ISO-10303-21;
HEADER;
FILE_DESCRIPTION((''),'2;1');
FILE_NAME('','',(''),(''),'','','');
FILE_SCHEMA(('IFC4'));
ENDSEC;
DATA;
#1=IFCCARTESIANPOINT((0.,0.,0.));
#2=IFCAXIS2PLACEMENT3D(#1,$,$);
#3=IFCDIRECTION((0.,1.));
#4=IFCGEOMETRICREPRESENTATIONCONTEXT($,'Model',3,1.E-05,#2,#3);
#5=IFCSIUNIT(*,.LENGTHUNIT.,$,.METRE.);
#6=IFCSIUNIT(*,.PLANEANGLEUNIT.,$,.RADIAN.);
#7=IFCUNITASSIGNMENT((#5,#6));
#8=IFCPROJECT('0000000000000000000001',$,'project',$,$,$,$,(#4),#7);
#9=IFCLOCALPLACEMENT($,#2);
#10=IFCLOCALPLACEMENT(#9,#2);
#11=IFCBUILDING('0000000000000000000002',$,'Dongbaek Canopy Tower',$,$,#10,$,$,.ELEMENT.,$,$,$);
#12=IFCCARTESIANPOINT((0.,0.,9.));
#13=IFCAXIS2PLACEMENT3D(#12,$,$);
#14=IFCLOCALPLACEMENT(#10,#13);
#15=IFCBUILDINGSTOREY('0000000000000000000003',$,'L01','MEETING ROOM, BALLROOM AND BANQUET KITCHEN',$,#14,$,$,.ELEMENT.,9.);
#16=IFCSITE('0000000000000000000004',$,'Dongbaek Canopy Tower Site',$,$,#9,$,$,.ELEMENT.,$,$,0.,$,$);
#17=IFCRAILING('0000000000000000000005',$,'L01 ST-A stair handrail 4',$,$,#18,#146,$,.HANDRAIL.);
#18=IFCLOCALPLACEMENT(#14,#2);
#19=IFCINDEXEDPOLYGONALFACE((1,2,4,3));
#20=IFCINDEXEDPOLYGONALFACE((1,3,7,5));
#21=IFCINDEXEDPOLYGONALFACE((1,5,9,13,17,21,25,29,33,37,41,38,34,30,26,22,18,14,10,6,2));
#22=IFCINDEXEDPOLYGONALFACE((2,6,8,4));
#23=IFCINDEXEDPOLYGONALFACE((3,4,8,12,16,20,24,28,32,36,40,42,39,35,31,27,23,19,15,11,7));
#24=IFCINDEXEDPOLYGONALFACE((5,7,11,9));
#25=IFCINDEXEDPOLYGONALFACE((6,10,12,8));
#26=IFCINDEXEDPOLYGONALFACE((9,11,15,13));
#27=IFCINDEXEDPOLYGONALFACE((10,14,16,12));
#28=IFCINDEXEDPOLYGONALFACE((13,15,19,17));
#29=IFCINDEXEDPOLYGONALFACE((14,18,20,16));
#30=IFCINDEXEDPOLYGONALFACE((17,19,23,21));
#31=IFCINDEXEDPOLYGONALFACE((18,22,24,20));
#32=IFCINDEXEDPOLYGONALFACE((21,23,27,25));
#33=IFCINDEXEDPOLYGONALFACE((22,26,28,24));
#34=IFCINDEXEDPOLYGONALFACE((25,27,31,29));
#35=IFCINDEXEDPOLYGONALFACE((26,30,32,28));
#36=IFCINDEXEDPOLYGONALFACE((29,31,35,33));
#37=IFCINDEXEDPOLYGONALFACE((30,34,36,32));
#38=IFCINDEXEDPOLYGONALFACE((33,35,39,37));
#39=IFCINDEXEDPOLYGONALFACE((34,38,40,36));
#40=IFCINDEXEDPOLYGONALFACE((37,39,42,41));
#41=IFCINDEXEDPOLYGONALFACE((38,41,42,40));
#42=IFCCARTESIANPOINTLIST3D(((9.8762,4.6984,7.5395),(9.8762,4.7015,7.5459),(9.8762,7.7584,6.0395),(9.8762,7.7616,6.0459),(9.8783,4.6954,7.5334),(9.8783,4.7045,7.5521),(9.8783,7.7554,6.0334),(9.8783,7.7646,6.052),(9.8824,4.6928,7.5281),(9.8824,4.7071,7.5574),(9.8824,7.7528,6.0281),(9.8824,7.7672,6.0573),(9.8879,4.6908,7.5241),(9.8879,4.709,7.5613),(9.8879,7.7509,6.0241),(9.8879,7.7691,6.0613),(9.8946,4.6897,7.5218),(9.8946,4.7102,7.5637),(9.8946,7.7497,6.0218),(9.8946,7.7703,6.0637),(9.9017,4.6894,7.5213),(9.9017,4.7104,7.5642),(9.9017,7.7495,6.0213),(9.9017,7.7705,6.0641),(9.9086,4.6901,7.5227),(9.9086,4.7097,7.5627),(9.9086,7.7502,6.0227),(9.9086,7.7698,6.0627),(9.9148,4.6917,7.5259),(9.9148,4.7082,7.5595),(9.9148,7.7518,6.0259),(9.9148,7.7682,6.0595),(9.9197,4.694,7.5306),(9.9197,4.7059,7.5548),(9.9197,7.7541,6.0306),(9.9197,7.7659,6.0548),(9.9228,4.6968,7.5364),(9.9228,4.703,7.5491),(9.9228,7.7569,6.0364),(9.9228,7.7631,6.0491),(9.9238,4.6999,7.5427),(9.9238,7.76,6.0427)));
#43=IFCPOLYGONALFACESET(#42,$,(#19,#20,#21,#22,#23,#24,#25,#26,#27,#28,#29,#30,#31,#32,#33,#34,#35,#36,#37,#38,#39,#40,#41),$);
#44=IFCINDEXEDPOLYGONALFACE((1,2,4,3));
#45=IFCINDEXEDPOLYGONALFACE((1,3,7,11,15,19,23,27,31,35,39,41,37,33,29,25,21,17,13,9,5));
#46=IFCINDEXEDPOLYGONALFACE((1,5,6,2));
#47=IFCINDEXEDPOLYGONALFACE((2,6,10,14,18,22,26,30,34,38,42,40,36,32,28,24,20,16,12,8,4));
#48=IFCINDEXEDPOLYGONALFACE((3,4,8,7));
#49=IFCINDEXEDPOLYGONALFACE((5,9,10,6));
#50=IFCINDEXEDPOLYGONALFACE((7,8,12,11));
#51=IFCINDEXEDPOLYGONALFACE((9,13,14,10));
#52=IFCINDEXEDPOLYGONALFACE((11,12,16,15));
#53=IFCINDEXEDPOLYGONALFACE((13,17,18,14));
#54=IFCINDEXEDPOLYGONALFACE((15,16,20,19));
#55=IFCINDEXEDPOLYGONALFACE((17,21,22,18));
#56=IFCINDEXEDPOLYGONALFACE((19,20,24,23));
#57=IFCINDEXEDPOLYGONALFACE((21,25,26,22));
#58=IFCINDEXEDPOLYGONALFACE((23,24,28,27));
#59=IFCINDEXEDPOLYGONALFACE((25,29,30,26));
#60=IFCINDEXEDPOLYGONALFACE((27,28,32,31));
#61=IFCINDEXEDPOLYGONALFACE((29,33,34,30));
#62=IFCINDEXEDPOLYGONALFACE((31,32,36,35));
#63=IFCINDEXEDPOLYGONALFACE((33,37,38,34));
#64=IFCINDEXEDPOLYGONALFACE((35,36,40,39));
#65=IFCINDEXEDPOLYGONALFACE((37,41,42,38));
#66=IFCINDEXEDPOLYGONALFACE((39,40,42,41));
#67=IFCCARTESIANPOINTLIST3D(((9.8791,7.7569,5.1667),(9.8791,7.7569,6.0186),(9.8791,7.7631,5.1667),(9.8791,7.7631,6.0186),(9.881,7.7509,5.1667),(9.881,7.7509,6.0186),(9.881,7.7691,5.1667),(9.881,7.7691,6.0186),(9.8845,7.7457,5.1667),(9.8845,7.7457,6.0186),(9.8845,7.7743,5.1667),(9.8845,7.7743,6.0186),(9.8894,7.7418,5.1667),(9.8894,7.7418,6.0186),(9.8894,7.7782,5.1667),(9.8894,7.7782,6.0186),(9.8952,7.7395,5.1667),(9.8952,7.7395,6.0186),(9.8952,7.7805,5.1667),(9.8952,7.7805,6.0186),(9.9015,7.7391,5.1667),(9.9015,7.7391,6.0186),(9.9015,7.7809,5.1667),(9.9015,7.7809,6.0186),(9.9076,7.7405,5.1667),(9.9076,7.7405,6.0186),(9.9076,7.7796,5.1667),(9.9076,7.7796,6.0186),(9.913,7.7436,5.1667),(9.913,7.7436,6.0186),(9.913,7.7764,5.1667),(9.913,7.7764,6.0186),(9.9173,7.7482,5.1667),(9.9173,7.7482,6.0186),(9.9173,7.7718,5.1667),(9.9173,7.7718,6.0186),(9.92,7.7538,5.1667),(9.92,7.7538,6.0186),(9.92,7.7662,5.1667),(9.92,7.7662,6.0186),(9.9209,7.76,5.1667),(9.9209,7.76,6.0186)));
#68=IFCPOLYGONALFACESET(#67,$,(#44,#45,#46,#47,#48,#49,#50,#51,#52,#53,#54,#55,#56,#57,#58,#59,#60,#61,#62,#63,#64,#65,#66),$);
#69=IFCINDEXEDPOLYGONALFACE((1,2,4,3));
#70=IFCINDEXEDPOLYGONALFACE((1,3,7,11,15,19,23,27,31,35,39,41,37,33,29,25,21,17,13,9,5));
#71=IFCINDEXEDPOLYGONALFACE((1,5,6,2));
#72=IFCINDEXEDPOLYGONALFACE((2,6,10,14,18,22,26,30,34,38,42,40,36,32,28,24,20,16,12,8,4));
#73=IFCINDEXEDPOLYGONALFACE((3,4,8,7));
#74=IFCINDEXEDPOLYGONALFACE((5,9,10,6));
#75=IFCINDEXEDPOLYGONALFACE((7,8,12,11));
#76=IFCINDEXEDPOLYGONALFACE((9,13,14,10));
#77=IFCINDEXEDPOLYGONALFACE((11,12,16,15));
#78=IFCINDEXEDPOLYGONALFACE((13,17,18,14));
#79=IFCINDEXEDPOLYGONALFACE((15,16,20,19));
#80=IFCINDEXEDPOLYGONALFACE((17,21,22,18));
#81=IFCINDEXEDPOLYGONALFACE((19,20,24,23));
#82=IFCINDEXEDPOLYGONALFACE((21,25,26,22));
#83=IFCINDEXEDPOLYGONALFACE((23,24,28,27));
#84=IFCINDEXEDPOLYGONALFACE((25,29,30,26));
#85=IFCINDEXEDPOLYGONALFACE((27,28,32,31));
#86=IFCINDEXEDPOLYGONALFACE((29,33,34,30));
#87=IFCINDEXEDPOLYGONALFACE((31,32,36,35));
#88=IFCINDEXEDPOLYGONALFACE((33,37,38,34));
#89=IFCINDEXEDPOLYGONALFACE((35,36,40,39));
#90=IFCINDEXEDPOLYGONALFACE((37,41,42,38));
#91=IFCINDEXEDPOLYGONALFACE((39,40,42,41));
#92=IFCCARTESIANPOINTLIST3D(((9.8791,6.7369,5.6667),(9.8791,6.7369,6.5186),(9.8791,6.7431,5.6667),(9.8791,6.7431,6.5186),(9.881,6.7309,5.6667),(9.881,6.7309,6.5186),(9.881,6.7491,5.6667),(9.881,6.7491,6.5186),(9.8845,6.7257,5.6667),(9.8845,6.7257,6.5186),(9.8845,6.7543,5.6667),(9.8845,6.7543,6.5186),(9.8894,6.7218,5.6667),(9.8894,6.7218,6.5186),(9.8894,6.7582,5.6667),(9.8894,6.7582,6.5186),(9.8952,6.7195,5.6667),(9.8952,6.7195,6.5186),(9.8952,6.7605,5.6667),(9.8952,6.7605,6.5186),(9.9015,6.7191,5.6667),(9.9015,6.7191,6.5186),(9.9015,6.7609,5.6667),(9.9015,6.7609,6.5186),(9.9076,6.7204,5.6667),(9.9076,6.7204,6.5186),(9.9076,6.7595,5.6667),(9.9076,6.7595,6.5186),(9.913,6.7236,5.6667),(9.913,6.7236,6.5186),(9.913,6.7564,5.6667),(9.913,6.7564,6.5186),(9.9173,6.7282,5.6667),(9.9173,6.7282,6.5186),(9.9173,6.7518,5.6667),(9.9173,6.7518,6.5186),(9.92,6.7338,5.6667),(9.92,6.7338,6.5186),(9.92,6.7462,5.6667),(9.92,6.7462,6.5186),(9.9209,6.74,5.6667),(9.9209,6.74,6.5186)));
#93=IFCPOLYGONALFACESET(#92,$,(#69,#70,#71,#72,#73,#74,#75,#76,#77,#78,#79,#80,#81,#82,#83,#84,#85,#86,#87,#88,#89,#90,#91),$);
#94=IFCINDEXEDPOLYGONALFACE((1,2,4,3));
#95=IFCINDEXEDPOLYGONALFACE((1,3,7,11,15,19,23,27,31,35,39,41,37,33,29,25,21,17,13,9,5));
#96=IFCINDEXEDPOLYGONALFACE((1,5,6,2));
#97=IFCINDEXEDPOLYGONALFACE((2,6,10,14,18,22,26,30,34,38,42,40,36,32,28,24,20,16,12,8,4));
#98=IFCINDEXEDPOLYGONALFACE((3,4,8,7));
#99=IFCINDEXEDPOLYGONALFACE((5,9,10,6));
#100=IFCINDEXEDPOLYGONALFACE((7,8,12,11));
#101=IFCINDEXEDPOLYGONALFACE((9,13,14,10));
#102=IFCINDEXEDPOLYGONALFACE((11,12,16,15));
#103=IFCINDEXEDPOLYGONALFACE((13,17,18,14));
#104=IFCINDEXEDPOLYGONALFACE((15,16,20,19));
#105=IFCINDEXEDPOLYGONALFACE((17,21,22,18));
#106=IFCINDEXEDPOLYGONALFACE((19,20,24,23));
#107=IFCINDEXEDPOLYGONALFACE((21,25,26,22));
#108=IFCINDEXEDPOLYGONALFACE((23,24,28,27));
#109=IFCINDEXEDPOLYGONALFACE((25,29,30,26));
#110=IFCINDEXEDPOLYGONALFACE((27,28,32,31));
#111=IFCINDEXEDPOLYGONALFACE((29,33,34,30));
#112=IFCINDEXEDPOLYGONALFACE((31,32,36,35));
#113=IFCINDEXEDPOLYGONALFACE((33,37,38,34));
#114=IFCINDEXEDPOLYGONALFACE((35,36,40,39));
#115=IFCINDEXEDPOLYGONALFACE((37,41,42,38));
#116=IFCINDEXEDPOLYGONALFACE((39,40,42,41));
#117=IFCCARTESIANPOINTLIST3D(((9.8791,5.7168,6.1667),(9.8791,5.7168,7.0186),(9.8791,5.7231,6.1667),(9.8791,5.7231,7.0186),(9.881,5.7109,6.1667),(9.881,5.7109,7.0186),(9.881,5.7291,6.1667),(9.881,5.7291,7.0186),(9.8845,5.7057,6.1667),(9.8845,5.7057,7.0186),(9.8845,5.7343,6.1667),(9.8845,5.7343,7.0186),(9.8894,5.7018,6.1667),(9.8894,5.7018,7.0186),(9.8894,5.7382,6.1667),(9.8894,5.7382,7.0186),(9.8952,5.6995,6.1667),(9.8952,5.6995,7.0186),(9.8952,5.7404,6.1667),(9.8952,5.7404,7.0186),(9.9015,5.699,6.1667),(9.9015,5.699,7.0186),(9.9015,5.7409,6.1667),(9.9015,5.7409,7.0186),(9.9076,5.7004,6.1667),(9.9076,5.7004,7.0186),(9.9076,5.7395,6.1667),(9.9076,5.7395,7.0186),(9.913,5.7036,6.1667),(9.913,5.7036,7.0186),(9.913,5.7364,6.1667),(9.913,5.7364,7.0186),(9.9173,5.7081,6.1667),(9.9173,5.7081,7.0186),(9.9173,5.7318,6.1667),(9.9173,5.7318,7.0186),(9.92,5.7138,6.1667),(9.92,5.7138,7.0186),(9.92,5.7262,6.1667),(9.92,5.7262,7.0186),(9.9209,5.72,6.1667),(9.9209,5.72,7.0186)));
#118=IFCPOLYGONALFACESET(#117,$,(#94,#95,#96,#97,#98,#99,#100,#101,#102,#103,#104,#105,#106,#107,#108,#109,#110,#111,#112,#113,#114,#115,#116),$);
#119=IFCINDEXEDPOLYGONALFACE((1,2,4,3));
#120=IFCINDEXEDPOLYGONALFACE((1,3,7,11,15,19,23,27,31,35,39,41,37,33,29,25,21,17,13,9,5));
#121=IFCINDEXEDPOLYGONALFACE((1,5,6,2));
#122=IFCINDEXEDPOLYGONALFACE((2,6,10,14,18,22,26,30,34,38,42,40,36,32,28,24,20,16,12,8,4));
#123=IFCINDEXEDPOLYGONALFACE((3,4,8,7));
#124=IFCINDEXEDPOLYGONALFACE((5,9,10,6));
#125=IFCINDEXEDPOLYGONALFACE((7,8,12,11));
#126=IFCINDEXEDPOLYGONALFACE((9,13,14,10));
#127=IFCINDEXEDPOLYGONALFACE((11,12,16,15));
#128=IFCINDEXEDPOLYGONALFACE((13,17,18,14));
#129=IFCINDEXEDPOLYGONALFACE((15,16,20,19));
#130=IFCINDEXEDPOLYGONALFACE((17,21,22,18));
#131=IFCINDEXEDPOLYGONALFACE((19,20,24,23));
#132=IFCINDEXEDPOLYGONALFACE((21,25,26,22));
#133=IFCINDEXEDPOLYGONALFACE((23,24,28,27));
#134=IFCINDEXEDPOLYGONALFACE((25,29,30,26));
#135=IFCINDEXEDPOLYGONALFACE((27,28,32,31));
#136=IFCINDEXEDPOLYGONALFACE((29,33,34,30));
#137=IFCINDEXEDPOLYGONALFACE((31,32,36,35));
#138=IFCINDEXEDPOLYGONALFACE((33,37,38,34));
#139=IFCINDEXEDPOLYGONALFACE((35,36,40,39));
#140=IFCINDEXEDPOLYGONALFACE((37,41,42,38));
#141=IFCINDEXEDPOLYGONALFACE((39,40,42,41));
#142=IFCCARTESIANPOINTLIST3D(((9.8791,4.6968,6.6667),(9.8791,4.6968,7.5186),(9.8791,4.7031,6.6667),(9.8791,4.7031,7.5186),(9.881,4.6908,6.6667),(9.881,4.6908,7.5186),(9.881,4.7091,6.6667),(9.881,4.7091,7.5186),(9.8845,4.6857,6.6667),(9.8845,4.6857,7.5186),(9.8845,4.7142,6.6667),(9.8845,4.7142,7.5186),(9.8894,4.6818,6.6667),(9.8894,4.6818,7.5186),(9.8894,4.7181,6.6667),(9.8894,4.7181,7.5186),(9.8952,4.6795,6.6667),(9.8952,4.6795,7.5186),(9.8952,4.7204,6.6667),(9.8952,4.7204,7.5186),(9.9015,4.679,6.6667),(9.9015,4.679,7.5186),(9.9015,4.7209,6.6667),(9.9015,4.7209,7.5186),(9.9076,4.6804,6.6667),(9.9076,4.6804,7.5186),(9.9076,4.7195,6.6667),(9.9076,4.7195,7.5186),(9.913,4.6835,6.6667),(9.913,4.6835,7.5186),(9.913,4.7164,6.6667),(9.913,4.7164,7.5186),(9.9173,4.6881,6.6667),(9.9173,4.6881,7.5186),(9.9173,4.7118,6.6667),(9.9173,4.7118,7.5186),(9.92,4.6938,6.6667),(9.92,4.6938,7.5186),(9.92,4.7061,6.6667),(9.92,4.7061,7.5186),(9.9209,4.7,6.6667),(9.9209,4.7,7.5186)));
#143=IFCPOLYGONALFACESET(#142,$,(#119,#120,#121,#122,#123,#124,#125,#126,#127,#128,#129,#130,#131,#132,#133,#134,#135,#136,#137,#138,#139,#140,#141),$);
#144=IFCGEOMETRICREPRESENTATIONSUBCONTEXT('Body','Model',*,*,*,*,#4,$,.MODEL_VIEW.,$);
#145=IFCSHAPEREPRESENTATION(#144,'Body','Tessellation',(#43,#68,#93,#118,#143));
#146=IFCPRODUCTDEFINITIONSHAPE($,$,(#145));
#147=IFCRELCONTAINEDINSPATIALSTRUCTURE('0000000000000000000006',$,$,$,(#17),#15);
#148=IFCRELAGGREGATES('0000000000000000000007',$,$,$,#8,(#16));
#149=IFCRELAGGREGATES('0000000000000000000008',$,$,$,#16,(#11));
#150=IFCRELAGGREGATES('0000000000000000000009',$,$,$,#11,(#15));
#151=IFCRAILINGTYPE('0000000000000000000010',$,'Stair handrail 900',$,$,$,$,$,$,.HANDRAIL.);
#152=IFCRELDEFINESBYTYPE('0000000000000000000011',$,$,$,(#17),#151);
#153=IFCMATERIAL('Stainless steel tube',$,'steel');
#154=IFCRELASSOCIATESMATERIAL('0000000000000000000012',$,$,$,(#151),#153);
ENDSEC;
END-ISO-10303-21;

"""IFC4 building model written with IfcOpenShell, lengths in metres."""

from ifc_helpers import new_model, si_unit, direction, frame, origin, origin_2d, place, context, subcontext, project, spatial, circle, extrude, material, type_object, element, save


model = new_model("IFC4")

# Units and contexts
model_context = context("Model", 3, precision=1e-05, world=origin(), true_north=direction((0.0, 1.0)))
body_context = subcontext(model_context, "Body", "Model", "MODEL_VIEW")
ifc_project = project(units=[si_unit("LENGTHUNIT", "METRE"), si_unit("PLANEANGLEUNIT", "RADIAN")], contexts=[model_context])

# Site, building, storey
site_placement = place(None, origin())
site = spatial("IfcSite", under=ifc_project, at=site_placement, Name="Dongbaek Canopy Tower Site", CompositionType="ELEMENT", RefElevation=0.0)
building_placement = place(site_placement, origin())
building = spatial("IfcBuilding", under=site, at=building_placement, Name="Dongbaek Canopy Tower", CompositionType="ELEMENT")
storey_placement = place(building_placement, frame((0.0, 0.0, 9.0)))
storey = spatial("IfcBuildingStorey", under=building, at=storey_placement, Name="L01", Description="MEETING ROOM, BALLROOM AND BANQUET KITCHEN", CompositionType="ELEMENT", Elevation=9.0)

# Railing
ifc_material_1 = material(Name="Stainless steel tube", Category="steel")
railing_type_1 = type_object("IfcRailingType", Name="Stair handrail 900", PredefinedType="HANDRAIL", material=ifc_material_1)
for number, where, name in (
    (1, (9.8999, 7.76, 5.1667), "L01 ST-A stair handrail 4"),
):
    element("IfcRailing", number, at=place(storey_placement, frame(where)), inside=storey, type_object=railing_type_1, Name=name, PredefinedType="HANDRAIL", context=body_context, shape_type="SweptSolid", body=[
        extrude(circle(Radius=0.0239, at=origin_2d()), frame((0.0, 0.0, 0.876), z_axis=(0.0, -0.897924, 0.44015), x_axis=(1.0, 0.0, 0.0)), (0.0, 0.0, 1.0), 3.408),
        extrude(circle(Radius=0.021, at=origin_2d()), origin(), (0.0, 0.0, 1.0), 0.8518),
        extrude(circle(Radius=0.021, at=origin_2d()), frame((0.0, -1.02, 0.5)), (0.0, 0.0, 1.0), 0.8518),
        extrude(circle(Radius=0.021, at=origin_2d()), frame((0.0, -2.04, 1.0)), (0.0, 0.0, 1.0), 0.8518),
        extrude(circle(Radius=0.021, at=origin_2d()), frame((0.0, -3.0601, 1.5)), (0.0, 0.0, 1.0), 0.8518),
    ])

save(model, "model.ifc")
